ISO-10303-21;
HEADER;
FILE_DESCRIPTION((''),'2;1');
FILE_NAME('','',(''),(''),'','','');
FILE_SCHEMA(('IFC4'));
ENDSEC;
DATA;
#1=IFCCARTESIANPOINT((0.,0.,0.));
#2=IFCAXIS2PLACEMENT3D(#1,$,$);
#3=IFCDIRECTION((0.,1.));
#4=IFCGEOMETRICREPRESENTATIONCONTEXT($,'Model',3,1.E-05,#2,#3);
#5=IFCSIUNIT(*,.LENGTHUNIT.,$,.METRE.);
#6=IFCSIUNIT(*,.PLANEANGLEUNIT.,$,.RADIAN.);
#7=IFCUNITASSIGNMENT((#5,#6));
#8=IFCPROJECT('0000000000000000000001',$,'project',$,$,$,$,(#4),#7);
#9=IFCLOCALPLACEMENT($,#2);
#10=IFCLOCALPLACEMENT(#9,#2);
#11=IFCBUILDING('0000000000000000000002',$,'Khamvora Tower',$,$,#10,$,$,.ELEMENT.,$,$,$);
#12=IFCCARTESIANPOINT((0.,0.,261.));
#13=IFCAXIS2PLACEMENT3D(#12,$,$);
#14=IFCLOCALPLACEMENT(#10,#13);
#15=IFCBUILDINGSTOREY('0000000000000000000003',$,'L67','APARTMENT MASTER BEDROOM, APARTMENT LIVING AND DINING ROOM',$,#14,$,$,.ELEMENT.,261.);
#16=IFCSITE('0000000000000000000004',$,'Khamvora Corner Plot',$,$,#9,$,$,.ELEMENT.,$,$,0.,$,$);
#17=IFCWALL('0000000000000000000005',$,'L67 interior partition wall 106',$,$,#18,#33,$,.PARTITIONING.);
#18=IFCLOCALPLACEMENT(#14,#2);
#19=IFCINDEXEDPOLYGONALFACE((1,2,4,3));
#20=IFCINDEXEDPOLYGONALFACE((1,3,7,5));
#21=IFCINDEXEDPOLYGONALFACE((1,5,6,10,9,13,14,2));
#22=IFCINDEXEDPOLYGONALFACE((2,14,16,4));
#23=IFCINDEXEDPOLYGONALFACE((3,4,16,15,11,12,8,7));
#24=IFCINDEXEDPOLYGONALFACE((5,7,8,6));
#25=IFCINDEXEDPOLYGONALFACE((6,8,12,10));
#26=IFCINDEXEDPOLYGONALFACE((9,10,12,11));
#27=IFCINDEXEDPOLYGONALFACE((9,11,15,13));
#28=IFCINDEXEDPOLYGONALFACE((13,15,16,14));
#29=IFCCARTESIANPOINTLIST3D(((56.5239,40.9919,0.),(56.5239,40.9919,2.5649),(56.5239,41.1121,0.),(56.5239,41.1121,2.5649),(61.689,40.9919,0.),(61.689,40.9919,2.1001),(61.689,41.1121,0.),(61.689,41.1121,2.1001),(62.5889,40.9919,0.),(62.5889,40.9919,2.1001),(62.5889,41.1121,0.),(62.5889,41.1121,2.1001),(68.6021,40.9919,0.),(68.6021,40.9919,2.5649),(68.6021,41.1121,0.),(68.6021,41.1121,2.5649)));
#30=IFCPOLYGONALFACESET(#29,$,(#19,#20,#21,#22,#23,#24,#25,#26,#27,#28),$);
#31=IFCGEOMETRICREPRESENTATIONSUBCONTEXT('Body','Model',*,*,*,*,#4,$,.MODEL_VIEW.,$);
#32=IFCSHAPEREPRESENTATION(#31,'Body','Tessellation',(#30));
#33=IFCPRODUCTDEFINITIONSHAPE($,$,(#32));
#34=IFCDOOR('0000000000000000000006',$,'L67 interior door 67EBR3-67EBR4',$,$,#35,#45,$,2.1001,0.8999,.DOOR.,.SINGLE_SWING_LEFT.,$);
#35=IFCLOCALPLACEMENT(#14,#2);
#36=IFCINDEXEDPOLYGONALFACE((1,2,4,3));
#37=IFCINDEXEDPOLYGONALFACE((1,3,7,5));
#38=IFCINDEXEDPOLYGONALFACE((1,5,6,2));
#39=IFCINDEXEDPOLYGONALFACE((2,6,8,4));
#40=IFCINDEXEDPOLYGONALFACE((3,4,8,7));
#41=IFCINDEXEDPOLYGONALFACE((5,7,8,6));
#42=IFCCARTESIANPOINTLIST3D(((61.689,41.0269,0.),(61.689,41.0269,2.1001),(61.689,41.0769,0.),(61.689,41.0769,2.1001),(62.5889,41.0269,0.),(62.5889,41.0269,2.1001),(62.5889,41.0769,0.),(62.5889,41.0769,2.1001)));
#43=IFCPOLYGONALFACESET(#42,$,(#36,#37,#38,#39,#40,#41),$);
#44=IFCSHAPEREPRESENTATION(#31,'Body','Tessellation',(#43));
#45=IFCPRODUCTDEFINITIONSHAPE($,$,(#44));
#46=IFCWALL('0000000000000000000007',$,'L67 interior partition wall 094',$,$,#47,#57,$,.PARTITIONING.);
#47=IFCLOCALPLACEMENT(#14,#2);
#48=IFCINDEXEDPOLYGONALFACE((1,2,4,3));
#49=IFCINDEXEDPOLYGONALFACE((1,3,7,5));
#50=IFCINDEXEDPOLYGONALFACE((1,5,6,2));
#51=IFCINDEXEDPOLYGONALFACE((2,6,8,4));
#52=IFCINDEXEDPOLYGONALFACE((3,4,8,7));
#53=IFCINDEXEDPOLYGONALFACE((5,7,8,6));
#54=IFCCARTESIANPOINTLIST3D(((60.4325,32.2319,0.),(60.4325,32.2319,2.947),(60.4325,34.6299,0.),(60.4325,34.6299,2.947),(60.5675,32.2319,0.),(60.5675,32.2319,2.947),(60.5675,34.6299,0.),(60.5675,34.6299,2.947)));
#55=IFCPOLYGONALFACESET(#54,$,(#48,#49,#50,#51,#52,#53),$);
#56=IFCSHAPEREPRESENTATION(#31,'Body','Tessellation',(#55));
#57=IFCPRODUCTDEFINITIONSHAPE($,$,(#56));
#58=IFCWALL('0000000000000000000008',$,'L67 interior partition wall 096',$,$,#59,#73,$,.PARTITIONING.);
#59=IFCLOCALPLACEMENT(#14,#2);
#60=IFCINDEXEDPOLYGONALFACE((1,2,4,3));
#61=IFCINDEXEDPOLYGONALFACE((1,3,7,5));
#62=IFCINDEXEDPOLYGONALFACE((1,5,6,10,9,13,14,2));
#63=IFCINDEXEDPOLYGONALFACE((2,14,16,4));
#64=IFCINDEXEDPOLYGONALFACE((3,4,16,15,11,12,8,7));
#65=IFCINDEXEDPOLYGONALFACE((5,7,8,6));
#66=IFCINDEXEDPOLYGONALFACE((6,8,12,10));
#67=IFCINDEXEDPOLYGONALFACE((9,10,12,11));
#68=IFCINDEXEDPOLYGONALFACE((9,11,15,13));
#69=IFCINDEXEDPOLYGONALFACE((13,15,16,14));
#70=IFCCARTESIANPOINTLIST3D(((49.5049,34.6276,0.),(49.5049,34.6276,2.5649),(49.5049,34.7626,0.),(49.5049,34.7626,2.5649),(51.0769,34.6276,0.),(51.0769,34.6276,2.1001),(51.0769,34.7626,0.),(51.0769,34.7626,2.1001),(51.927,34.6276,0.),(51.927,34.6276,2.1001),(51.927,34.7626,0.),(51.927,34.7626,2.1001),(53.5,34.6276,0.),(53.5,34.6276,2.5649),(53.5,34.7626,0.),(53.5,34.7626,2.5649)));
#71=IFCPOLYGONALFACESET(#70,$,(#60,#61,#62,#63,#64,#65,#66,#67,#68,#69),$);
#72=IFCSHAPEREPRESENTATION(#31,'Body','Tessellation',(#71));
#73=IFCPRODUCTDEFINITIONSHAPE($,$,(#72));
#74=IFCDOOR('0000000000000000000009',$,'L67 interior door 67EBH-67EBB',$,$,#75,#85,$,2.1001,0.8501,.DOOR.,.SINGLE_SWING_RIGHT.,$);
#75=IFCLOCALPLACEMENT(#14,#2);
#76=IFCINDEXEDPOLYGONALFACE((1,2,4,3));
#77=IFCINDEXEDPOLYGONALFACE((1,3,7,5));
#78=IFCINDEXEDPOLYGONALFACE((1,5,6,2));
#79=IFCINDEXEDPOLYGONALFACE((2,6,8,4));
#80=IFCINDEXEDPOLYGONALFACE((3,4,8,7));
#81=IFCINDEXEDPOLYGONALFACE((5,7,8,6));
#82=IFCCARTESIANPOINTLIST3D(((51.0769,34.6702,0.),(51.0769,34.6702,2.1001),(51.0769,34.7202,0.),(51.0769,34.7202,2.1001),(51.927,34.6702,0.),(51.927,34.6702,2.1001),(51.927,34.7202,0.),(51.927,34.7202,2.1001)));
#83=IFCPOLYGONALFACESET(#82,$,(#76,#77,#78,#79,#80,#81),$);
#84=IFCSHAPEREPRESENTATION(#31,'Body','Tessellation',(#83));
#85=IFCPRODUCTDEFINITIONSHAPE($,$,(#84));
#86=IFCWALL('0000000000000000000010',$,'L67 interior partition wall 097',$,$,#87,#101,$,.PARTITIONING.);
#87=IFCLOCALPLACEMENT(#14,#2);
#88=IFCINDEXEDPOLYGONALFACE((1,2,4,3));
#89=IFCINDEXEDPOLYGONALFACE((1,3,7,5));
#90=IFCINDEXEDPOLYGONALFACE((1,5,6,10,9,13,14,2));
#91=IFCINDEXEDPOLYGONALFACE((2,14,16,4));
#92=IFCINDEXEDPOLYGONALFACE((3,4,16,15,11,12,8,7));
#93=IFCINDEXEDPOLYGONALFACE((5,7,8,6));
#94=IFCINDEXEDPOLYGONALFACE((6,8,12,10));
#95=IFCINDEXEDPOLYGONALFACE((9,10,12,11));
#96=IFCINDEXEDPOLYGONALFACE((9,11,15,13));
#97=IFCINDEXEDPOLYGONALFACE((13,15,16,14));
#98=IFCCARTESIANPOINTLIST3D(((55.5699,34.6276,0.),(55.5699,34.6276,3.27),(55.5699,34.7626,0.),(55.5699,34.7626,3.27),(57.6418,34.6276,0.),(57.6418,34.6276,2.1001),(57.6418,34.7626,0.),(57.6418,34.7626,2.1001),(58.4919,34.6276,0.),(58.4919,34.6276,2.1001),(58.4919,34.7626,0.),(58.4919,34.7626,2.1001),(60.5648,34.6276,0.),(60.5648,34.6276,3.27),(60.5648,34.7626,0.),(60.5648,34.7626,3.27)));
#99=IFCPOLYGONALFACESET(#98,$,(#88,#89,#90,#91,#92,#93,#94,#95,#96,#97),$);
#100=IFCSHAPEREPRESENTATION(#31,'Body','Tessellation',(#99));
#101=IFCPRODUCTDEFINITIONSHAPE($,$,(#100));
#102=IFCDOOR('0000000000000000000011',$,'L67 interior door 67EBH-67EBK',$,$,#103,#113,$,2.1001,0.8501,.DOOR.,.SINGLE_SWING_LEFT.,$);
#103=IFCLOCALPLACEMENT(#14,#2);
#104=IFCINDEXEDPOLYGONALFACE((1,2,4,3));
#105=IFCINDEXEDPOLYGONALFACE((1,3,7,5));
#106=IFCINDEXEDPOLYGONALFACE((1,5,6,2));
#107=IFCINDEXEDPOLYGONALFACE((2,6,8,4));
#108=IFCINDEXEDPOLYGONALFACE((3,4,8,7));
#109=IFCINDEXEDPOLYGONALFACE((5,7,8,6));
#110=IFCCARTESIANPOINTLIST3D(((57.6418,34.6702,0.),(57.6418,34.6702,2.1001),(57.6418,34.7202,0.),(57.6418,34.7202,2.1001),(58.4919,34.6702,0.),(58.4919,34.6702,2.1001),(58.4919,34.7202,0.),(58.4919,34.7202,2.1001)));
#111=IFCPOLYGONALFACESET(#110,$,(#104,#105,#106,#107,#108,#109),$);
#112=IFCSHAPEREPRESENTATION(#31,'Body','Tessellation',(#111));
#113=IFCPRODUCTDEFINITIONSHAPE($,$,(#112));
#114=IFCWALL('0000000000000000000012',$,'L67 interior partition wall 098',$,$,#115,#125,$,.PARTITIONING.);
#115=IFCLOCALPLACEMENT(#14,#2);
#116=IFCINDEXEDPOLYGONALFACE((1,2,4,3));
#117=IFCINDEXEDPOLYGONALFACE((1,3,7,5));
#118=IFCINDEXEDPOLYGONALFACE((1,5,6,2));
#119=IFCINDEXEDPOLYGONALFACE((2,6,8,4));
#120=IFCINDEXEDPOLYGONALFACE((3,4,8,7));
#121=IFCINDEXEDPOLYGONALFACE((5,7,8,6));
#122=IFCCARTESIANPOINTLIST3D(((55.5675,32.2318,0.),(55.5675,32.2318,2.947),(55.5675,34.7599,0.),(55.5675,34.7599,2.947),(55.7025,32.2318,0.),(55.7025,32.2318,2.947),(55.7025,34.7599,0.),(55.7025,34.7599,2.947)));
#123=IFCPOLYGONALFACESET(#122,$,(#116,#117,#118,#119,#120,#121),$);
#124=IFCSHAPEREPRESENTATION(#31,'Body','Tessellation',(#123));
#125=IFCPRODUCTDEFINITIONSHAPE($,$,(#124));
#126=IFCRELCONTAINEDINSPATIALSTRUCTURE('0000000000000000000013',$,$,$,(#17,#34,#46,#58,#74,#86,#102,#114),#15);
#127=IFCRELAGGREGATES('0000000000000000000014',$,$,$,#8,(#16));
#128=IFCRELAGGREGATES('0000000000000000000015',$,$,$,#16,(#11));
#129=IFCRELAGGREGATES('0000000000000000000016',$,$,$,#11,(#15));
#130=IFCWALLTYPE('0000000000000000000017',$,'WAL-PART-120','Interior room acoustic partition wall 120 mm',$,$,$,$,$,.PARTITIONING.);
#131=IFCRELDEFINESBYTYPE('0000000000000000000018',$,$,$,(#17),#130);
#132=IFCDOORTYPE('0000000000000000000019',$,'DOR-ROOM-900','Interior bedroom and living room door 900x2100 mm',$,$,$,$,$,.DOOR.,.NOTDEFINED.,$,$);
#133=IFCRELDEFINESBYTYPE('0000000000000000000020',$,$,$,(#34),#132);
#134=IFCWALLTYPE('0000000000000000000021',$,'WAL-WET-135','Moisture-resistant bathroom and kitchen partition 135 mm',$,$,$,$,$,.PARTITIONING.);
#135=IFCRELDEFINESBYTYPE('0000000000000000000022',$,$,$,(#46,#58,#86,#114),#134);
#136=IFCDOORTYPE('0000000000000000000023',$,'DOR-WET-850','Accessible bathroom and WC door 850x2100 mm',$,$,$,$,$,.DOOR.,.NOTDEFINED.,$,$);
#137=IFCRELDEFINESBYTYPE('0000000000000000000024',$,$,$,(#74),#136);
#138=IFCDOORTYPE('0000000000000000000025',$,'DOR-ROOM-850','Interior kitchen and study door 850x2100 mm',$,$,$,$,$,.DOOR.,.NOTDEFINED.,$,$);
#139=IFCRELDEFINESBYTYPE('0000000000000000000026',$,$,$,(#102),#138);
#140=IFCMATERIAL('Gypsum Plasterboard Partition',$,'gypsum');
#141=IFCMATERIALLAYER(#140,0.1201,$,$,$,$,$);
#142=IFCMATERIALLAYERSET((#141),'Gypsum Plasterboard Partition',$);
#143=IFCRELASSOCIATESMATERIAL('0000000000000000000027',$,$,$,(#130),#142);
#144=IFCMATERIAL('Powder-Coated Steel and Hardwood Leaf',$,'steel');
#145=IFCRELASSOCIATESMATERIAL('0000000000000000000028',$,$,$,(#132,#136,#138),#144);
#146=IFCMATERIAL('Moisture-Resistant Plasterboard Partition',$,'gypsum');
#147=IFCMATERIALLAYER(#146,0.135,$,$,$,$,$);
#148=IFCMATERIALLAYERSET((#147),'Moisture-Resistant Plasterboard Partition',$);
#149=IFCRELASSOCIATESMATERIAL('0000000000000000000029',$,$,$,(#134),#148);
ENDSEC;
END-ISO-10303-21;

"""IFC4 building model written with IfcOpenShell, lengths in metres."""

from ifc_helpers import new_model, si_unit, direction, frame, frame_2d, origin, place, context, subcontext, project, spatial, rectangle, extrude, material, layer, layer_set, type_object, element, fill, save


model = new_model("IFC4")

# Units and contexts
model_context = context("Model", 3, precision=1e-05, world=origin(), true_north=direction((0.0, 1.0)))
body_context = subcontext(model_context, "Body", "Model", "MODEL_VIEW")
ifc_project = project(units=[si_unit("LENGTHUNIT", "METRE"), si_unit("PLANEANGLEUNIT", "RADIAN")], contexts=[model_context])

# Site, building, storey
site_placement = place(None, origin())
site = spatial("IfcSite", under=ifc_project, at=site_placement, Name="Khamvora Corner Plot", CompositionType="ELEMENT", RefElevation=0.0)
building_placement = place(site_placement, origin())
building = spatial("IfcBuilding", under=site, at=building_placement, Name="Khamvora Tower", CompositionType="ELEMENT")
storey_placement = place(building_placement, frame((0.0, 0.0, 261.0)))
storey = spatial("IfcBuildingStorey", under=building, at=storey_placement, Name="L67", Description="APARTMENT MASTER BEDROOM, APARTMENT LIVING AND DINING ROOM", CompositionType="ELEMENT", Elevation=261.0)

# Shared definitions
ifc_material_1 = material(Name="Gypsum Plasterboard Partition", Category="gypsum")
ifc_layer_1 = layer(ifc_material_1, 0.1201)
ifc_layer_set_1 = layer_set([ifc_layer_1], Name="Gypsum Plasterboard Partition")
wall_type_1 = type_object("IfcWallType", Name="WAL-PART-120", Description="Interior room acoustic partition wall 120 mm", PredefinedType="PARTITIONING", material=ifc_layer_set_1)
ifc_material_2 = material(Name="Powder-Coated Steel and Hardwood Leaf", Category="steel")
door_type_1 = type_object("IfcDoorType", Name="DOR-ROOM-900", Description="Interior bedroom and living room door 900x2100 mm", OperationType="NOTDEFINED", PredefinedType="DOOR", material=ifc_material_2)

# Wall, opening, door
wall_1_placement = place(storey_placement, frame((56.5239, 41.052, 0.0), z_axis=(0.0, 0.0, 1.0), x_axis=(1.0, 0.0, 0.0)))
wall_1 = element("IfcWall", 1, at=wall_1_placement, inside=storey, type_object=wall_type_1, Name="L67 interior partition wall 106", PredefinedType="PARTITIONING", context=body_context, shape_type="SweptSolid", body=[
    extrude(rectangle(XDim=12.0781, YDim=0.1201, at=frame_2d((6.0391, 0.0))), origin(), (0.0, 0.0, 1.0), 2.5649),
])
opening_1_placement = place(wall_1_placement, frame((5.165, 0.0, 0.0)))
opening_1 = element("IfcOpeningElement", 2, at=opening_1_placement, cuts=wall_1, PredefinedType="OPENING", context=body_context, shape_type="SweptSolid", body=[
    extrude(rectangle(XDim=0.8999, YDim=2.1001, at=frame_2d((0.45, 1.05))), frame((0.0, 0.0701, 0.0), z_axis=(0.0, -1.0, 0.0), x_axis=(1.0, 0.0, 0.0)), (0.0, 0.0, 1.0), 0.1401),
])
door_1_placement = place(opening_1_placement, origin())
door_1 = element("IfcDoor", 3, at=door_1_placement, inside=storey, type_object=door_type_1, Name="L67 interior door 67EBR3-67EBR4", OperationType="SINGLE_SWING_LEFT", OverallHeight=2.1001, OverallWidth=0.8999, PredefinedType="DOOR", context=body_context, shape_type="SweptSolid", body=[
    extrude(rectangle(XDim=0.8999, YDim=2.1001, at=frame_2d((0.45, 1.05))), frame((0.0, 0.0249, 0.0), z_axis=(0.0, -1.0, 0.0), x_axis=(1.0, 0.0, 0.0)), (0.0, 0.0, 1.0), 0.05),
])
fill(opening_1, door_1)

# Wall
ifc_material_3 = material(Name="Moisture-Resistant Plasterboard Partition", Category="gypsum")
ifc_layer_2 = layer(ifc_material_3, 0.135)
ifc_layer_set_2 = layer_set([ifc_layer_2], Name="Moisture-Resistant Plasterboard Partition")
wall_type_2 = type_object("IfcWallType", Name="WAL-WET-135", Description="Moisture-resistant bathroom and kitchen partition 135 mm", PredefinedType="PARTITIONING", material=ifc_layer_set_2)
wall_2_placement = place(storey_placement, frame((60.5, 32.2319, 0.0), z_axis=(0.0, 0.0, 1.0), x_axis=(0.0, 1.0, 0.0)))
element("IfcWall", 4, at=wall_2_placement, inside=storey, type_object=wall_type_2, Name="L67 interior partition wall 094", PredefinedType="PARTITIONING", context=body_context, shape_type="SweptSolid", body=[
    extrude(rectangle(XDim=2.3979, YDim=0.135, at=frame_2d((1.199, 0.0))), origin(), (0.0, 0.0, 1.0), 2.947),
])

# Walls, openings, doors
wall_3_placement = place(storey_placement, frame((53.5, 34.6951, 0.0), z_axis=(0.0, 0.0, 1.0), x_axis=(-1.0, 0.0, 0.0)))
wall_3 = element("IfcWall", 5, at=wall_3_placement, inside=storey, type_object=wall_type_2, Name="L67 interior partition wall 096", PredefinedType="PARTITIONING", context=body_context, shape_type="SweptSolid", body=[
    extrude(rectangle(XDim=3.9951, YDim=0.135, at=frame_2d((1.9976, 0.0))), origin(), (0.0, 0.0, 1.0), 2.5649),
])
opening_2_placement = place(wall_3_placement, frame((1.573, 0.0, 0.0)))
opening_2 = element("IfcOpeningElement", 6, at=opening_2_placement, cuts=wall_3, PredefinedType="OPENING", context=body_context, shape_type="SweptSolid", body=[
    extrude(rectangle(XDim=0.8501, YDim=2.1001, at=frame_2d((0.425, 1.05))), frame((0.0, 0.0774, 0.0), z_axis=(0.0, -1.0, 0.0), x_axis=(1.0, 0.0, 0.0)), (0.0, 0.0, 1.0), 0.155),
])
door_type_2 = type_object("IfcDoorType", Name="DOR-WET-850", Description="Accessible bathroom and WC door 850x2100 mm", OperationType="NOTDEFINED", PredefinedType="DOOR", material=ifc_material_2)
door_2_placement = place(opening_2_placement, origin())
door_2 = element("IfcDoor", 7, at=door_2_placement, inside=storey, type_object=door_type_2, Name="L67 interior door 67EBH-67EBB", OperationType="SINGLE_SWING_RIGHT", OverallHeight=2.1001, OverallWidth=0.8501, PredefinedType="DOOR", context=body_context, shape_type="SweptSolid", body=[
    extrude(rectangle(XDim=0.8501, YDim=2.1001, at=frame_2d((0.425, 1.05))), frame((0.0, 0.0249, 0.0), z_axis=(0.0, -1.0, 0.0), x_axis=(1.0, 0.0, 0.0)), (0.0, 0.0, 1.0), 0.05),
])
fill(opening_2, door_2)
wall_4_placement = place(storey_placement, frame((60.5649, 34.6951, 0.0), z_axis=(0.0, 0.0, 1.0), x_axis=(-1.0, 0.0, 0.0)))
wall_4 = element("IfcWall", 8, at=wall_4_placement, inside=storey, type_object=wall_type_2, Name="L67 interior partition wall 097", PredefinedType="PARTITIONING", context=body_context, shape_type="SweptSolid", body=[
    extrude(rectangle(XDim=4.9949, YDim=0.135, at=frame_2d((2.4976, 0.0))), origin(), (0.0, 0.0, 1.0), 3.27),
])
opening_3_placement = place(wall_4_placement, frame((2.073, 0.0, 0.0)))
opening_3 = element("IfcOpeningElement", 9, at=opening_3_placement, cuts=wall_4, PredefinedType="OPENING", context=body_context, shape_type="SweptSolid", body=[
    extrude(rectangle(XDim=0.8501, YDim=2.1001, at=frame_2d((0.425, 1.05))), frame((0.0, 0.0774, 0.0), z_axis=(0.0, -1.0, 0.0), x_axis=(1.0, 0.0, 0.0)), (0.0, 0.0, 1.0), 0.155),
])
door_type_3 = type_object("IfcDoorType", Name="DOR-ROOM-850", Description="Interior kitchen and study door 850x2100 mm", OperationType="NOTDEFINED", PredefinedType="DOOR", material=ifc_material_2)
door_3_placement = place(opening_3_placement, origin())
door_3 = element("IfcDoor", 10, at=door_3_placement, inside=storey, type_object=door_type_3, Name="L67 interior door 67EBH-67EBK", OperationType="SINGLE_SWING_LEFT", OverallHeight=2.1001, OverallWidth=0.8501, PredefinedType="DOOR", context=body_context, shape_type="SweptSolid", body=[
    extrude(rectangle(XDim=0.8501, YDim=2.1001, at=frame_2d((0.425, 1.05))), frame((0.0, 0.0249, 0.0), z_axis=(0.0, -1.0, 0.0), x_axis=(1.0, 0.0, 0.0)), (0.0, 0.0, 1.0), 0.05),
])
fill(opening_3, door_3)

# Wall
wall_5_placement = place(storey_placement, frame((55.635, 34.76, 0.0), z_axis=(0.0, 0.0, 1.0), x_axis=(0.0, -1.0, 0.0)))
element("IfcWall", 11, at=wall_5_placement, inside=storey, type_object=wall_type_2, Name="L67 interior partition wall 098", PredefinedType="PARTITIONING", context=body_context, shape_type="SweptSolid", body=[
    extrude(rectangle(XDim=2.5281, YDim=0.135, at=frame_2d((1.2642, 0.0))), origin(), (0.0, 0.0, 1.0), 2.947),
])

save(model, "model.ifc")
